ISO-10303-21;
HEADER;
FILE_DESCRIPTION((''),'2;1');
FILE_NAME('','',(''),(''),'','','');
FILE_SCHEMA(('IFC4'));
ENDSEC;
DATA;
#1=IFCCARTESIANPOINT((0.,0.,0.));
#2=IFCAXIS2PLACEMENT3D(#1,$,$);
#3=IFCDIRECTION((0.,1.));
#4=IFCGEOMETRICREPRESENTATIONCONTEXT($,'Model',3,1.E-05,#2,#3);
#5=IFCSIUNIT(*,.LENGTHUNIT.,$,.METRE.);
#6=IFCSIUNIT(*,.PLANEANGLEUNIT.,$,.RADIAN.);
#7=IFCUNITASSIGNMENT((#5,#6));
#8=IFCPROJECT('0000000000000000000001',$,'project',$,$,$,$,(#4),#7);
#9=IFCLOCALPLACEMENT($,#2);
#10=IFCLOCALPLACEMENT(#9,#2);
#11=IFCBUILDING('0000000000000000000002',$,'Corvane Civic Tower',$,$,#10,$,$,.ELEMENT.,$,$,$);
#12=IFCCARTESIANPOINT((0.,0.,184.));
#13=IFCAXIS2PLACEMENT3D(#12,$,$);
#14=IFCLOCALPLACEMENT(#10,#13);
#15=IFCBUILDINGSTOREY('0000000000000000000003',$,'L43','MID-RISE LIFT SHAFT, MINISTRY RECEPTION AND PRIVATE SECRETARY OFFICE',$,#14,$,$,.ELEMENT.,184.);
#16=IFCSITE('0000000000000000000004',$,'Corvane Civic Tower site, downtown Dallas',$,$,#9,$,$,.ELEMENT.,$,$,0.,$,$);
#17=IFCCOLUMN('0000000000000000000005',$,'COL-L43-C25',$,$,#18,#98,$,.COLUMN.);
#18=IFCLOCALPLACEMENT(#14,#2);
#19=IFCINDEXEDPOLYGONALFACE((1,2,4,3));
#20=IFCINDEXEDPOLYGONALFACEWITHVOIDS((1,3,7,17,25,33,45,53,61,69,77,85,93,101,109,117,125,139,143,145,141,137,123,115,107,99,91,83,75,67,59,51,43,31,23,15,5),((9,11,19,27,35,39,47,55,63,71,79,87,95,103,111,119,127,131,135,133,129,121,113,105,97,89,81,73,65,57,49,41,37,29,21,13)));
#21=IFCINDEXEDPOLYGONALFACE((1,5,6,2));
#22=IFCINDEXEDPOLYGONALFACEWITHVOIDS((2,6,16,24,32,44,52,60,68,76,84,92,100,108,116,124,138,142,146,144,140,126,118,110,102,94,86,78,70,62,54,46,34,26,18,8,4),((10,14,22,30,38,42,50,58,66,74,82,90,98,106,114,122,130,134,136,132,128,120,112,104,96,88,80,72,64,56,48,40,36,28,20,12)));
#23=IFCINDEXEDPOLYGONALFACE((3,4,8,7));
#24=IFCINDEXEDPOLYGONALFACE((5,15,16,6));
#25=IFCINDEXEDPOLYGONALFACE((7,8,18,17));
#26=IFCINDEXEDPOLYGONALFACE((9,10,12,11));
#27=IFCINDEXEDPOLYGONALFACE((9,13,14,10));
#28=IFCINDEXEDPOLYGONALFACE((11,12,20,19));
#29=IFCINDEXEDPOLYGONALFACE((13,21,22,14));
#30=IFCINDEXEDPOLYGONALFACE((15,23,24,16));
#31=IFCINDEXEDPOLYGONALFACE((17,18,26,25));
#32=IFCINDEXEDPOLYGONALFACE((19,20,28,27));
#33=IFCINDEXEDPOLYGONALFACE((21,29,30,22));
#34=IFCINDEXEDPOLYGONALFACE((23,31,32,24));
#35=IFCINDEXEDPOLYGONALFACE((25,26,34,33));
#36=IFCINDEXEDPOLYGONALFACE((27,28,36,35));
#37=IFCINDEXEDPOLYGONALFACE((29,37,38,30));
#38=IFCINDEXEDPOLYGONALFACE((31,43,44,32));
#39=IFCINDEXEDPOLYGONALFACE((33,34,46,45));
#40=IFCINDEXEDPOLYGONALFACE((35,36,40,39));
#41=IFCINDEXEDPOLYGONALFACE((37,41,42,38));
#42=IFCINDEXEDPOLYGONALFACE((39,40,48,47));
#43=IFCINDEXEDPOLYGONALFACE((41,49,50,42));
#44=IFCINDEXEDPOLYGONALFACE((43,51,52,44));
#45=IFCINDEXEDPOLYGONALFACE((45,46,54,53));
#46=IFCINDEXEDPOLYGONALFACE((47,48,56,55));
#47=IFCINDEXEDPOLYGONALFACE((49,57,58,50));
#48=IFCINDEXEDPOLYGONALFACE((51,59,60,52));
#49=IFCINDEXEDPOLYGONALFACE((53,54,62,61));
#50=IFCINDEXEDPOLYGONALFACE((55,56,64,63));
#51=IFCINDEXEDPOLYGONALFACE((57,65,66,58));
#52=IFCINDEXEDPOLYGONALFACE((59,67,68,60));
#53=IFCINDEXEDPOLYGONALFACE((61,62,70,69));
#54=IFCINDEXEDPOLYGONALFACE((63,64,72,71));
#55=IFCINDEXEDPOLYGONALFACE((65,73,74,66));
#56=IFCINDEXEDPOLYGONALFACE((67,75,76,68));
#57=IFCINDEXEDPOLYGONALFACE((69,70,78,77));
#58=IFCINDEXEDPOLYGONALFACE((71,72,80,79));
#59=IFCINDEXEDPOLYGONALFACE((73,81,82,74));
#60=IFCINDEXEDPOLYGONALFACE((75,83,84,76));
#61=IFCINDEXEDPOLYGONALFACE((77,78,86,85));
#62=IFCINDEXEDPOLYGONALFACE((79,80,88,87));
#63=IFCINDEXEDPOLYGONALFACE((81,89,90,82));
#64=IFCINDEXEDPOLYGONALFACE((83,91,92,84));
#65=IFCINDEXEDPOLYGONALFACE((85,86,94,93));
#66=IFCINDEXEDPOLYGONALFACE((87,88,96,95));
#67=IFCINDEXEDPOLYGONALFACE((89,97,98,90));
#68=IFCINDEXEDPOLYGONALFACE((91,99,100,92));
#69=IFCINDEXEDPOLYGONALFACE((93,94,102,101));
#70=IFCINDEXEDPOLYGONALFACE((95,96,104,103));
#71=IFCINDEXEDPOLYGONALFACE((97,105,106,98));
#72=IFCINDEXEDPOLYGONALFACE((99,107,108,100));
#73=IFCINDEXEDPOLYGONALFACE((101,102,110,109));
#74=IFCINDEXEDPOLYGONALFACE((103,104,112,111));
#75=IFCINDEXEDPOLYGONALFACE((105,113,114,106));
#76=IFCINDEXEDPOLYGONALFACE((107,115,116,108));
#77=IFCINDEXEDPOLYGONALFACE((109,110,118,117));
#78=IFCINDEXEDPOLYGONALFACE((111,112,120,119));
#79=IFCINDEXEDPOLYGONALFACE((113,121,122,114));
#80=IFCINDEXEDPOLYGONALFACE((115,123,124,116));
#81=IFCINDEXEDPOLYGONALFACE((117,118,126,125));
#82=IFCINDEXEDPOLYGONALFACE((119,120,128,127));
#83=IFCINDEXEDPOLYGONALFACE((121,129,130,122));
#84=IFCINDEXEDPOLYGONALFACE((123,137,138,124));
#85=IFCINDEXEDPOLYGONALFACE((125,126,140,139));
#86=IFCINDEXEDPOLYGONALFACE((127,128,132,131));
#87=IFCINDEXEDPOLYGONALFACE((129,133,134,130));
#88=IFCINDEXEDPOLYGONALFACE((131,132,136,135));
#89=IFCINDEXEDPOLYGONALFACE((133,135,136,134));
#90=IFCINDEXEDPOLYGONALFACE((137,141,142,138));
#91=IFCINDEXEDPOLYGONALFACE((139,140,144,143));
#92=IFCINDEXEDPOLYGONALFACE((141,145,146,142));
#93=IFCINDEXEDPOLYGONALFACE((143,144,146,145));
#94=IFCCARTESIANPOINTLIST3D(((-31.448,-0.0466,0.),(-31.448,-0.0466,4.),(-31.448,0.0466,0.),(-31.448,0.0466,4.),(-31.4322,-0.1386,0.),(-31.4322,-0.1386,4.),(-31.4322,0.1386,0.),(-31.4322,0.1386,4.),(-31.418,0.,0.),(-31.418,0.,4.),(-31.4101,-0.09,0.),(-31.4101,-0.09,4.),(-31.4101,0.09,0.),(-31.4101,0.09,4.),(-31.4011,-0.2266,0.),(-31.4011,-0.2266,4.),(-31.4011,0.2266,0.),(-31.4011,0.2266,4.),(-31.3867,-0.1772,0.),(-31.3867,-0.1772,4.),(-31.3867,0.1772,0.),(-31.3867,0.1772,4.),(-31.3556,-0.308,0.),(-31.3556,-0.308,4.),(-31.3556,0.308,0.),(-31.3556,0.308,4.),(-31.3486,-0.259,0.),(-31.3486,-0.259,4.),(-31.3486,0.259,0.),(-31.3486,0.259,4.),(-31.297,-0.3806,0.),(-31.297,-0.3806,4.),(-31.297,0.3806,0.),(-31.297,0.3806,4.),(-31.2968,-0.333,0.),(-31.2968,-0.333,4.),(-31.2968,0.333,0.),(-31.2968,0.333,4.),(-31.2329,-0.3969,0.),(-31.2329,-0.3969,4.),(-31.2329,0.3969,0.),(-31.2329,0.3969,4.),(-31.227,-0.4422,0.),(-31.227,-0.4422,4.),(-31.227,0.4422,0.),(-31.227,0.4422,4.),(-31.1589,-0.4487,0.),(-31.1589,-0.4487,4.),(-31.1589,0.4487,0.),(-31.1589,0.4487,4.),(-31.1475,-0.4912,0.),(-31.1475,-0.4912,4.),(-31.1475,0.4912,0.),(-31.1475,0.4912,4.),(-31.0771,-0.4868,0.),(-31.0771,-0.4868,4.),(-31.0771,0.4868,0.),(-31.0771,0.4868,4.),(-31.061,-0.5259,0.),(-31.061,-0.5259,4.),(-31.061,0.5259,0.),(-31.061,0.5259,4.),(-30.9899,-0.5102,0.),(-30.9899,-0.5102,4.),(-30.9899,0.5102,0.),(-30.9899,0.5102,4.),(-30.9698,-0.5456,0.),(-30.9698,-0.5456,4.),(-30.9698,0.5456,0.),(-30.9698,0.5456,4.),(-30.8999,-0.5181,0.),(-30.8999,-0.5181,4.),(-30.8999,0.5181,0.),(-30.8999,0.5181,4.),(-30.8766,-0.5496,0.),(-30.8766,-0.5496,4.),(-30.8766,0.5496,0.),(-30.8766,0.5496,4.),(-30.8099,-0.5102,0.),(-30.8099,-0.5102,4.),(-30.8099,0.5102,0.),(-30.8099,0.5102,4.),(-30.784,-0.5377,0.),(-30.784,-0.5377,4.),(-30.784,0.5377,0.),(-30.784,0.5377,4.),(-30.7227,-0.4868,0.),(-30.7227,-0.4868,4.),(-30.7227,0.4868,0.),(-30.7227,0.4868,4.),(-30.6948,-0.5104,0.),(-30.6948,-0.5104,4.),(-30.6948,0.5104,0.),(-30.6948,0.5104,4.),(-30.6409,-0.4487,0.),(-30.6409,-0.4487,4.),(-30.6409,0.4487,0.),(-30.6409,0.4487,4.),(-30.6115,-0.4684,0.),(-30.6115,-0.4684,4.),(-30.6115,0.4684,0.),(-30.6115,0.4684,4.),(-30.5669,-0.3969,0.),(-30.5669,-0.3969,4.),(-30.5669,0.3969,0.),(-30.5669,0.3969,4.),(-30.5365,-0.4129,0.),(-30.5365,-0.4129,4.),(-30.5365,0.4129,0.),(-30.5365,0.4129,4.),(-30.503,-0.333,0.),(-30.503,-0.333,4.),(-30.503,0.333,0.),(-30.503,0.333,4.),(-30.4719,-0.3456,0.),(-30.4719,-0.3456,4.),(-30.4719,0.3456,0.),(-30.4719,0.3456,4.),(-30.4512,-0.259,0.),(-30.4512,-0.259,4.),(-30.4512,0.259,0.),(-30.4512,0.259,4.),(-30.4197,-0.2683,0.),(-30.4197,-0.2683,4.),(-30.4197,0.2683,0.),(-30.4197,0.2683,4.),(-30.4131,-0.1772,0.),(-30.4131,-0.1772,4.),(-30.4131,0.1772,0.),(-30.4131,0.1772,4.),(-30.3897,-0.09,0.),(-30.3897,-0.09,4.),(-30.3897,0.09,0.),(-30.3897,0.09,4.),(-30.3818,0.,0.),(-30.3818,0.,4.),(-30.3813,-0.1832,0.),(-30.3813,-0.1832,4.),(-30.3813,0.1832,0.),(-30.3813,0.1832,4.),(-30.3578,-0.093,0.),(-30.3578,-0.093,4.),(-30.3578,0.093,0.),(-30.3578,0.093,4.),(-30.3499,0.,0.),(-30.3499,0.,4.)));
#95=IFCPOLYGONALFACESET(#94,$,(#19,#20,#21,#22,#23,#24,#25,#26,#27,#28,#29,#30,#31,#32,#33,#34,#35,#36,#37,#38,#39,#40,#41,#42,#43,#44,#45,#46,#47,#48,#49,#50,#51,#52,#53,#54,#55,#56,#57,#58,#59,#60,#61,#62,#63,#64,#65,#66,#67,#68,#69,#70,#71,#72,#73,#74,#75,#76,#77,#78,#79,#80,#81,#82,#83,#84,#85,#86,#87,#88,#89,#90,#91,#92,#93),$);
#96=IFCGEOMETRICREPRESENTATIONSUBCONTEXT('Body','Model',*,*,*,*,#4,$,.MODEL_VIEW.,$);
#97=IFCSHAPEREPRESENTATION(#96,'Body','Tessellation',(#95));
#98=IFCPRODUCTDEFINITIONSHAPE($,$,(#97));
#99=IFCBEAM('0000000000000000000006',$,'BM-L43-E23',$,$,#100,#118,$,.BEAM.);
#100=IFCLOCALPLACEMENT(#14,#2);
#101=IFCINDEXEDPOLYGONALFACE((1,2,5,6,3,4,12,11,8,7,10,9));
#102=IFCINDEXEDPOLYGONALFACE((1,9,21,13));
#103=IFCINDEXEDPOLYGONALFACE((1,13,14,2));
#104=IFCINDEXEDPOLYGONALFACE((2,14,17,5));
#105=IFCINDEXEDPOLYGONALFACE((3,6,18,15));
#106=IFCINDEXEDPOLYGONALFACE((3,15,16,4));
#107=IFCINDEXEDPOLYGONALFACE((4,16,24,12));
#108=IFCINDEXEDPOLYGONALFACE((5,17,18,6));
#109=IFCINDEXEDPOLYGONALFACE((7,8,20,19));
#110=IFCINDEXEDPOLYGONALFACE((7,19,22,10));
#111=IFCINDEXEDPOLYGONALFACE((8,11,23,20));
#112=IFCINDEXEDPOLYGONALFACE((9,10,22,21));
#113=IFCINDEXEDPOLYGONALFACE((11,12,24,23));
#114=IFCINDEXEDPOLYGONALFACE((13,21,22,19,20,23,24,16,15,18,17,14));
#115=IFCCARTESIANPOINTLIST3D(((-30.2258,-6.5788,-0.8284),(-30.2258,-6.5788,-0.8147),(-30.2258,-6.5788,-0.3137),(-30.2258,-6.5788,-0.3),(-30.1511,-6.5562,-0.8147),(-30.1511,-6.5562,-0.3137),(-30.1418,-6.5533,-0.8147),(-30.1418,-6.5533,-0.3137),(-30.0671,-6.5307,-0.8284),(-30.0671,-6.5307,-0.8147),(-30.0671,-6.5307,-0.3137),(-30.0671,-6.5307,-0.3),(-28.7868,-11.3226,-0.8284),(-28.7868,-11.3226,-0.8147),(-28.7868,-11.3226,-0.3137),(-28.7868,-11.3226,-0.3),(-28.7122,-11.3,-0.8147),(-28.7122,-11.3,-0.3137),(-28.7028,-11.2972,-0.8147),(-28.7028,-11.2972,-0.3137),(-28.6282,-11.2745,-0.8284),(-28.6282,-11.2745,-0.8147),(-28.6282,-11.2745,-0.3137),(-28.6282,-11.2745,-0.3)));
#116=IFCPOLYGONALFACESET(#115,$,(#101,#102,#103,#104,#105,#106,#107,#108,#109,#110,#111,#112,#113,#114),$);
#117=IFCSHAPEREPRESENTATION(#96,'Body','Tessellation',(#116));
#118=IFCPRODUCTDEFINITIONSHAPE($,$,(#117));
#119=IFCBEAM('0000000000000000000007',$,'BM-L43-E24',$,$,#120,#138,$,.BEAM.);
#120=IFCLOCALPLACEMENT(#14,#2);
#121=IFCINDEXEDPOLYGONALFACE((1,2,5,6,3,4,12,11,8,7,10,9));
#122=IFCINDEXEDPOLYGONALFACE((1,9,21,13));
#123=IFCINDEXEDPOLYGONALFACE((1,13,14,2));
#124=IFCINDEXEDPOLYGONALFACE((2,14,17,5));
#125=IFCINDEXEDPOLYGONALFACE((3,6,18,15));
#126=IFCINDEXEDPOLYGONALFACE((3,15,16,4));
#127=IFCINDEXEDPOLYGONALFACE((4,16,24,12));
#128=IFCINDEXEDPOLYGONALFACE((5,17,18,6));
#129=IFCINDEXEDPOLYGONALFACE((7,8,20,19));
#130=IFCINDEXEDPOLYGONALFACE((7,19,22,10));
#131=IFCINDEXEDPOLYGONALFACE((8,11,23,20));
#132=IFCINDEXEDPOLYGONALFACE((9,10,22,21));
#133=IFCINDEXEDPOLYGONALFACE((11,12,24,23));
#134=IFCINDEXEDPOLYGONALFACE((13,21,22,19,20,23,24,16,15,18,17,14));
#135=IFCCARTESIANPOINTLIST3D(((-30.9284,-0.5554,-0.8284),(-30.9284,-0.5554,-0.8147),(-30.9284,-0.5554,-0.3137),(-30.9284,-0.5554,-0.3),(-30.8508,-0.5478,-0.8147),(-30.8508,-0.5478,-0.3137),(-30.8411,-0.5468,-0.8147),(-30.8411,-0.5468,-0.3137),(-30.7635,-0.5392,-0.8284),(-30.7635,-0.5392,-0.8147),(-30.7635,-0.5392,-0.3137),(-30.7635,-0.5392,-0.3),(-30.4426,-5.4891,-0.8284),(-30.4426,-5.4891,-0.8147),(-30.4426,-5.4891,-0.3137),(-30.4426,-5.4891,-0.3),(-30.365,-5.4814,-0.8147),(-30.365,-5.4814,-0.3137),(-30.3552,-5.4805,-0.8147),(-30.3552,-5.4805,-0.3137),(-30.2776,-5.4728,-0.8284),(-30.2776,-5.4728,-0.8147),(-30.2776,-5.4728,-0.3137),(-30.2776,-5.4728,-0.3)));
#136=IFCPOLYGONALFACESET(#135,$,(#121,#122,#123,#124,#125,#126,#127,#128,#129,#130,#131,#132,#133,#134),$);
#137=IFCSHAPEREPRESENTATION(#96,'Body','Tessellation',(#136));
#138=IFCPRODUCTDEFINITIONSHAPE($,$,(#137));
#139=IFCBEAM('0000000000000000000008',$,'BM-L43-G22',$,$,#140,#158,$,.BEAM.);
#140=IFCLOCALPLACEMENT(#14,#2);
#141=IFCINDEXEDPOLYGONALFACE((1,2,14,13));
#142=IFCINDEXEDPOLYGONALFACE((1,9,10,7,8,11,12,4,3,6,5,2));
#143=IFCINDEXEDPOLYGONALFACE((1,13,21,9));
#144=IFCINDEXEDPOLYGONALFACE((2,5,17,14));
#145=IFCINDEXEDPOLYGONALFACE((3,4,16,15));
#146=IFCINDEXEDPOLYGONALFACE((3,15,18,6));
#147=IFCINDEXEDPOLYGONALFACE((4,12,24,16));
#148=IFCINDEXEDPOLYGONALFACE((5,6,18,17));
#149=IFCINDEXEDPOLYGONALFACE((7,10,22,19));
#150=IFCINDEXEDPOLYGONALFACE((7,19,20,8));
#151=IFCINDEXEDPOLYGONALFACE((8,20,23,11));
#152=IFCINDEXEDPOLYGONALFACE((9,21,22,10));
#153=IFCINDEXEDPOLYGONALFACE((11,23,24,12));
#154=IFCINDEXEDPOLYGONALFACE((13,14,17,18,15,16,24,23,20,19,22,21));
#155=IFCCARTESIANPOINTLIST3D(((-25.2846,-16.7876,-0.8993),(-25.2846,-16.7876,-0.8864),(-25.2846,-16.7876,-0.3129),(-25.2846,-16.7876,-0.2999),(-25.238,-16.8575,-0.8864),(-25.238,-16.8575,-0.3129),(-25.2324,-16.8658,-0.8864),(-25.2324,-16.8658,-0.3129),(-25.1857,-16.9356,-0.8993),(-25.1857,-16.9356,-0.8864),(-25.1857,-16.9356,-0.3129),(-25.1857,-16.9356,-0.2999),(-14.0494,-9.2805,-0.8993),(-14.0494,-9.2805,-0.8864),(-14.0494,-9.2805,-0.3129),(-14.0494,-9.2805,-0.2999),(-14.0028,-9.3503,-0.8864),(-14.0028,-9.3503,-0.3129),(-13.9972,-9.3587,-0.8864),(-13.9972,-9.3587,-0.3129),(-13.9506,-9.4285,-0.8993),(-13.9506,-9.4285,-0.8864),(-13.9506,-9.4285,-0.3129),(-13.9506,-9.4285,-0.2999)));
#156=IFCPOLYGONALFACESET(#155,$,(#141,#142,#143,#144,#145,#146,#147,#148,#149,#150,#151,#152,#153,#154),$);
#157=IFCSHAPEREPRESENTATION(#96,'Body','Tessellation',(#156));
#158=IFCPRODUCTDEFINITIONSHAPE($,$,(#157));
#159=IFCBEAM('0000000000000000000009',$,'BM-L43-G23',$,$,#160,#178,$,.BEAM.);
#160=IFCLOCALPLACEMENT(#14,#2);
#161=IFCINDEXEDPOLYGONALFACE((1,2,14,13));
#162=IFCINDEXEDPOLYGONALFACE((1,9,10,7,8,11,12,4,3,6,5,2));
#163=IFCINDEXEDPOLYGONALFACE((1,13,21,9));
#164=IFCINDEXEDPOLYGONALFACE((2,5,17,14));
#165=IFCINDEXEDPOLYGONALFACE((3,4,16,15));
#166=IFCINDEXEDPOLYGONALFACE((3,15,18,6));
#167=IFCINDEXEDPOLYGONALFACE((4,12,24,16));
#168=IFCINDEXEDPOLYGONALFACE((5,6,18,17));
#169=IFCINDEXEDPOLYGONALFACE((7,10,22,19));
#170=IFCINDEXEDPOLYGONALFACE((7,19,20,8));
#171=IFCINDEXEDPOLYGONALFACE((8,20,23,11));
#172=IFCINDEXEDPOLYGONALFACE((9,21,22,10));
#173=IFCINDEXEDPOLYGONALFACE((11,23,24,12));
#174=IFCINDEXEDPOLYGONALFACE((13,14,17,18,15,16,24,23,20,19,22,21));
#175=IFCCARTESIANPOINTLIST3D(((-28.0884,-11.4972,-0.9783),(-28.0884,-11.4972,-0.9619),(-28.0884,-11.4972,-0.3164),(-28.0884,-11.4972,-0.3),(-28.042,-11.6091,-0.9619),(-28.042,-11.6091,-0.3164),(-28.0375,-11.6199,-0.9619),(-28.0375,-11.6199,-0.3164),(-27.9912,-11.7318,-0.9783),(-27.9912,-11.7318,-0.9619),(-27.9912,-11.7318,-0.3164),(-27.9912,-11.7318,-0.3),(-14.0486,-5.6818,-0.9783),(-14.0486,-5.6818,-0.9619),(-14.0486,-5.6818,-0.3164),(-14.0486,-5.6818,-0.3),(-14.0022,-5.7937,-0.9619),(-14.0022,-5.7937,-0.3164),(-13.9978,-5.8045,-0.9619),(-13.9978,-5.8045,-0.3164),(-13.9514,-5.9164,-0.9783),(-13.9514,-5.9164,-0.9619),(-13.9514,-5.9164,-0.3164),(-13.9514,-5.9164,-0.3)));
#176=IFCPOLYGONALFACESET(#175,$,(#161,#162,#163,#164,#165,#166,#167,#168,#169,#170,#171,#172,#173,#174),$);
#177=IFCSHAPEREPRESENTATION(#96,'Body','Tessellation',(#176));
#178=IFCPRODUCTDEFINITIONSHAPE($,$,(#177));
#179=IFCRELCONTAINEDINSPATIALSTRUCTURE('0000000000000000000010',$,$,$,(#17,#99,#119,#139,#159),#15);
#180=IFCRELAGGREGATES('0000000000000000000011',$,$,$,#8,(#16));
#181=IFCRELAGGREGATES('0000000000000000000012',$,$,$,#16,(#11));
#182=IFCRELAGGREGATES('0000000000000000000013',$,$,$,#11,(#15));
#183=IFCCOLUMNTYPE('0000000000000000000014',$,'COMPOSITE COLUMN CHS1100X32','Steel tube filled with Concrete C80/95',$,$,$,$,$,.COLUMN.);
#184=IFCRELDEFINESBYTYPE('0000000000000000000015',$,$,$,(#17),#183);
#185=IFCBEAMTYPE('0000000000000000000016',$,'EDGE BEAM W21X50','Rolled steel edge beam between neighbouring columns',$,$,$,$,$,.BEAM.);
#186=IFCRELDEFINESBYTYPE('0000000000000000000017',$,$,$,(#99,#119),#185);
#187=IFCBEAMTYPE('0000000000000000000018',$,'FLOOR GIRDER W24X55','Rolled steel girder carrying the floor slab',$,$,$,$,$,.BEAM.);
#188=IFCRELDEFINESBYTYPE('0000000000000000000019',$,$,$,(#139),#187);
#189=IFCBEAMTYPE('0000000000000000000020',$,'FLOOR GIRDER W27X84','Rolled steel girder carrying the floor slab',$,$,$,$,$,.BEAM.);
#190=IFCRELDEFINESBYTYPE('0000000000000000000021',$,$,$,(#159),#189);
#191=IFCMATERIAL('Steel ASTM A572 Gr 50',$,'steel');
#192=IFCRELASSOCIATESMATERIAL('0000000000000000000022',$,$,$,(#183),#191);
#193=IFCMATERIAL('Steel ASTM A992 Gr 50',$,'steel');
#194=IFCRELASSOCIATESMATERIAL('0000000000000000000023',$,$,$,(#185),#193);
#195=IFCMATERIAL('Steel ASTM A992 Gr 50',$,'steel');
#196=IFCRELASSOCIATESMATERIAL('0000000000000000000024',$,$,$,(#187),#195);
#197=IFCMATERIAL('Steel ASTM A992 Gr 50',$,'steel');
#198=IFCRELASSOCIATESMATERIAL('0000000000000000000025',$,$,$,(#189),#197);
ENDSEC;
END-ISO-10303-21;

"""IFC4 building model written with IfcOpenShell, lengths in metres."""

from ifc_helpers import new_model, si_unit, direction, frame, origin, origin_2d, place, context, subcontext, project, spatial, hollow_circle, i_section, extrude, material, material_profile, profile_set, type_object, element, save


model = new_model("IFC4")

# Units and contexts
model_context = context("Model", 3, precision=1e-05, world=origin(), true_north=direction((0.0, 1.0)))
body_context = subcontext(model_context, "Body", "Model", "MODEL_VIEW")
ifc_project = project(units=[si_unit("LENGTHUNIT", "METRE"), si_unit("PLANEANGLEUNIT", "RADIAN")], contexts=[model_context])

# Site, building, storey
site_placement = place(None, origin())
site = spatial("IfcSite", under=ifc_project, at=site_placement, Name="Corvane Civic Tower site, downtown Dallas", CompositionType="ELEMENT", RefElevation=0.0)
building_placement = place(site_placement, origin())
building = spatial("IfcBuilding", under=site, at=building_placement, Name="Corvane Civic Tower", CompositionType="ELEMENT")
storey_placement = place(building_placement, frame((0.0, 0.0, 184.0)))
storey = spatial("IfcBuildingStorey", under=building, at=storey_placement, Name="L43", Description="MID-RISE LIFT SHAFT, MINISTRY RECEPTION AND PRIVATE SECRETARY OFFICE", CompositionType="ELEMENT", Elevation=184.0)

# Column
ifc_material_1 = material(Name="Steel ASTM A572 Gr 50", Category="steel")
ifc_material_profile_1 = material_profile(ifc_material_1, hollow_circle(Radius=0.55, WallThickness=0.032, at=origin_2d()), Name="CHS1100X32")
ifc_profile_set_1 = profile_set([ifc_material_profile_1], Name="Steel ASTM A572 Gr 50")
column_type = type_object("IfcColumnType", Name="COMPOSITE COLUMN CHS1100X32", Description="Steel tube filled with Concrete C80/95", PredefinedType="COLUMN", material=ifc_profile_set_1)
for number, where, z_axis, x_axis, name in (
    (1, (-30.8999, 0.0, 0.0), (0.0, 0.0, 1.0), (1.0, 0.0, 0.0), "COL-L43-C25"),
):
    element("IfcColumn", number, at=place(storey_placement, frame(where, z_axis=z_axis, x_axis=x_axis)), inside=storey, type_object=column_type, Name=name, PredefinedType="COLUMN", context=body_context, shape_type="SweptSolid", body=[
        extrude(hollow_circle(Radius=0.55, WallThickness=0.032, at=origin_2d()), origin(), (0.0, 0.0, 1.0), 4.0),
    ])

# Beams
ifc_material_2 = material(Name="Steel ASTM A992 Gr 50", Category="steel")
ifc_material_profile_2 = material_profile(ifc_material_2, i_section(OverallWidth=0.1658, OverallDepth=0.5283, WebThickness=0.0098, FlangeThickness=0.0137, at=origin_2d()), Name="W21X50")
ifc_profile_set_2 = profile_set([ifc_material_profile_2], Name="Steel ASTM A992 Gr 50")
beam_type_1 = type_object("IfcBeamType", Name="EDGE BEAM W21X50", Description="Rolled steel edge beam between neighbouring columns", PredefinedType="BEAM", material=ifc_profile_set_2)
beam_1_placement = place(storey_placement, frame((-28.7075, -11.2986, -0.5642), z_axis=(-0.29027, 0.956945, 0.0), x_axis=(-0.956945, -0.29027, 0.0)))
element("IfcBeam", 2, at=beam_1_placement, inside=storey, type_object=beam_type_1, Name="BM-L43-E23", PredefinedType="BEAM", context=body_context, shape_type="SweptSolid", body=[
    extrude(i_section(OverallWidth=0.1658, OverallDepth=0.5283, WebThickness=0.0098, FlangeThickness=0.0137, at=origin_2d()), origin(), (0.0, 0.0, 1.0), 4.9573),
])
beam_2_placement = place(storey_placement, frame((-30.3601, -5.481, -0.5642), z_axis=(-0.098002, 0.995186, 0.0), x_axis=(-0.995186, -0.098002, 0.0)))
element("IfcBeam", 3, at=beam_2_placement, inside=storey, type_object=beam_type_1, Name="BM-L43-E24", PredefinedType="BEAM", context=body_context, shape_type="SweptSolid", body=[
    extrude(i_section(OverallWidth=0.1658, OverallDepth=0.5283, WebThickness=0.0098, FlangeThickness=0.0137, at=origin_2d()), origin(), (0.0, 0.0, 1.0), 4.9575),
])
ifc_material_3 = material(Name="Steel ASTM A992 Gr 50", Category="steel")
ifc_material_profile_3 = material_profile(ifc_material_3, i_section(OverallWidth=0.178, OverallDepth=0.5994, WebThickness=0.01, FlangeThickness=0.0129, at=origin_2d()), Name="W24X55")
ifc_profile_set_3 = profile_set([ifc_material_profile_3], Name="Steel ASTM A992 Gr 50")
beam_type_2 = type_object("IfcBeamType", Name="FLOOR GIRDER W24X55", Description="Rolled steel girder carrying the floor slab", PredefinedType="BEAM", material=ifc_profile_set_3)
beam_3_placement = place(storey_placement, frame((-14.0, -9.3545, -0.5996), z_axis=(-0.831469, -0.555571, 0.0), x_axis=(0.555571, -0.831469, 0.0)))
element("IfcBeam", 4, at=beam_3_placement, inside=storey, type_object=beam_type_2, Name="BM-L43-G22", PredefinedType="BEAM", context=body_context, shape_type="SweptSolid", body=[
    extrude(i_section(OverallWidth=0.178, OverallDepth=0.5994, WebThickness=0.01, FlangeThickness=0.0129, at=origin_2d()), origin(), (0.0, 0.0, 1.0), 13.5125),
])
ifc_material_4 = material(Name="Steel ASTM A992 Gr 50", Category="steel")
ifc_material_profile_4 = material_profile(ifc_material_4, i_section(OverallWidth=0.2539, OverallDepth=0.6782, WebThickness=0.0117, FlangeThickness=0.0164, at=origin_2d()), Name="W27X84")
ifc_profile_set_4 = profile_set([ifc_material_profile_4], Name="Steel ASTM A992 Gr 50")
beam_type_3 = type_object("IfcBeamType", Name="FLOOR GIRDER W27X84", Description="Rolled steel girder carrying the floor slab", PredefinedType="BEAM", material=ifc_profile_set_4)
beam_4_placement = place(storey_placement, frame((-14.0, -5.7991, -0.6392), z_axis=(-0.923881, -0.382681, 0.0), x_axis=(0.382681, -0.923881, 0.0)))
element("IfcBeam", 5, at=beam_4_placement, inside=storey, type_object=beam_type_3, Name="BM-L43-G23", PredefinedType="BEAM", context=body_context, shape_type="SweptSolid", body=[
    extrude(i_section(OverallWidth=0.2539, OverallDepth=0.6782, WebThickness=0.0117, FlangeThickness=0.0164, at=origin_2d()), origin(), (0.0, 0.0, 1.0), 15.1965),
])

save(model, "model.ifc")
